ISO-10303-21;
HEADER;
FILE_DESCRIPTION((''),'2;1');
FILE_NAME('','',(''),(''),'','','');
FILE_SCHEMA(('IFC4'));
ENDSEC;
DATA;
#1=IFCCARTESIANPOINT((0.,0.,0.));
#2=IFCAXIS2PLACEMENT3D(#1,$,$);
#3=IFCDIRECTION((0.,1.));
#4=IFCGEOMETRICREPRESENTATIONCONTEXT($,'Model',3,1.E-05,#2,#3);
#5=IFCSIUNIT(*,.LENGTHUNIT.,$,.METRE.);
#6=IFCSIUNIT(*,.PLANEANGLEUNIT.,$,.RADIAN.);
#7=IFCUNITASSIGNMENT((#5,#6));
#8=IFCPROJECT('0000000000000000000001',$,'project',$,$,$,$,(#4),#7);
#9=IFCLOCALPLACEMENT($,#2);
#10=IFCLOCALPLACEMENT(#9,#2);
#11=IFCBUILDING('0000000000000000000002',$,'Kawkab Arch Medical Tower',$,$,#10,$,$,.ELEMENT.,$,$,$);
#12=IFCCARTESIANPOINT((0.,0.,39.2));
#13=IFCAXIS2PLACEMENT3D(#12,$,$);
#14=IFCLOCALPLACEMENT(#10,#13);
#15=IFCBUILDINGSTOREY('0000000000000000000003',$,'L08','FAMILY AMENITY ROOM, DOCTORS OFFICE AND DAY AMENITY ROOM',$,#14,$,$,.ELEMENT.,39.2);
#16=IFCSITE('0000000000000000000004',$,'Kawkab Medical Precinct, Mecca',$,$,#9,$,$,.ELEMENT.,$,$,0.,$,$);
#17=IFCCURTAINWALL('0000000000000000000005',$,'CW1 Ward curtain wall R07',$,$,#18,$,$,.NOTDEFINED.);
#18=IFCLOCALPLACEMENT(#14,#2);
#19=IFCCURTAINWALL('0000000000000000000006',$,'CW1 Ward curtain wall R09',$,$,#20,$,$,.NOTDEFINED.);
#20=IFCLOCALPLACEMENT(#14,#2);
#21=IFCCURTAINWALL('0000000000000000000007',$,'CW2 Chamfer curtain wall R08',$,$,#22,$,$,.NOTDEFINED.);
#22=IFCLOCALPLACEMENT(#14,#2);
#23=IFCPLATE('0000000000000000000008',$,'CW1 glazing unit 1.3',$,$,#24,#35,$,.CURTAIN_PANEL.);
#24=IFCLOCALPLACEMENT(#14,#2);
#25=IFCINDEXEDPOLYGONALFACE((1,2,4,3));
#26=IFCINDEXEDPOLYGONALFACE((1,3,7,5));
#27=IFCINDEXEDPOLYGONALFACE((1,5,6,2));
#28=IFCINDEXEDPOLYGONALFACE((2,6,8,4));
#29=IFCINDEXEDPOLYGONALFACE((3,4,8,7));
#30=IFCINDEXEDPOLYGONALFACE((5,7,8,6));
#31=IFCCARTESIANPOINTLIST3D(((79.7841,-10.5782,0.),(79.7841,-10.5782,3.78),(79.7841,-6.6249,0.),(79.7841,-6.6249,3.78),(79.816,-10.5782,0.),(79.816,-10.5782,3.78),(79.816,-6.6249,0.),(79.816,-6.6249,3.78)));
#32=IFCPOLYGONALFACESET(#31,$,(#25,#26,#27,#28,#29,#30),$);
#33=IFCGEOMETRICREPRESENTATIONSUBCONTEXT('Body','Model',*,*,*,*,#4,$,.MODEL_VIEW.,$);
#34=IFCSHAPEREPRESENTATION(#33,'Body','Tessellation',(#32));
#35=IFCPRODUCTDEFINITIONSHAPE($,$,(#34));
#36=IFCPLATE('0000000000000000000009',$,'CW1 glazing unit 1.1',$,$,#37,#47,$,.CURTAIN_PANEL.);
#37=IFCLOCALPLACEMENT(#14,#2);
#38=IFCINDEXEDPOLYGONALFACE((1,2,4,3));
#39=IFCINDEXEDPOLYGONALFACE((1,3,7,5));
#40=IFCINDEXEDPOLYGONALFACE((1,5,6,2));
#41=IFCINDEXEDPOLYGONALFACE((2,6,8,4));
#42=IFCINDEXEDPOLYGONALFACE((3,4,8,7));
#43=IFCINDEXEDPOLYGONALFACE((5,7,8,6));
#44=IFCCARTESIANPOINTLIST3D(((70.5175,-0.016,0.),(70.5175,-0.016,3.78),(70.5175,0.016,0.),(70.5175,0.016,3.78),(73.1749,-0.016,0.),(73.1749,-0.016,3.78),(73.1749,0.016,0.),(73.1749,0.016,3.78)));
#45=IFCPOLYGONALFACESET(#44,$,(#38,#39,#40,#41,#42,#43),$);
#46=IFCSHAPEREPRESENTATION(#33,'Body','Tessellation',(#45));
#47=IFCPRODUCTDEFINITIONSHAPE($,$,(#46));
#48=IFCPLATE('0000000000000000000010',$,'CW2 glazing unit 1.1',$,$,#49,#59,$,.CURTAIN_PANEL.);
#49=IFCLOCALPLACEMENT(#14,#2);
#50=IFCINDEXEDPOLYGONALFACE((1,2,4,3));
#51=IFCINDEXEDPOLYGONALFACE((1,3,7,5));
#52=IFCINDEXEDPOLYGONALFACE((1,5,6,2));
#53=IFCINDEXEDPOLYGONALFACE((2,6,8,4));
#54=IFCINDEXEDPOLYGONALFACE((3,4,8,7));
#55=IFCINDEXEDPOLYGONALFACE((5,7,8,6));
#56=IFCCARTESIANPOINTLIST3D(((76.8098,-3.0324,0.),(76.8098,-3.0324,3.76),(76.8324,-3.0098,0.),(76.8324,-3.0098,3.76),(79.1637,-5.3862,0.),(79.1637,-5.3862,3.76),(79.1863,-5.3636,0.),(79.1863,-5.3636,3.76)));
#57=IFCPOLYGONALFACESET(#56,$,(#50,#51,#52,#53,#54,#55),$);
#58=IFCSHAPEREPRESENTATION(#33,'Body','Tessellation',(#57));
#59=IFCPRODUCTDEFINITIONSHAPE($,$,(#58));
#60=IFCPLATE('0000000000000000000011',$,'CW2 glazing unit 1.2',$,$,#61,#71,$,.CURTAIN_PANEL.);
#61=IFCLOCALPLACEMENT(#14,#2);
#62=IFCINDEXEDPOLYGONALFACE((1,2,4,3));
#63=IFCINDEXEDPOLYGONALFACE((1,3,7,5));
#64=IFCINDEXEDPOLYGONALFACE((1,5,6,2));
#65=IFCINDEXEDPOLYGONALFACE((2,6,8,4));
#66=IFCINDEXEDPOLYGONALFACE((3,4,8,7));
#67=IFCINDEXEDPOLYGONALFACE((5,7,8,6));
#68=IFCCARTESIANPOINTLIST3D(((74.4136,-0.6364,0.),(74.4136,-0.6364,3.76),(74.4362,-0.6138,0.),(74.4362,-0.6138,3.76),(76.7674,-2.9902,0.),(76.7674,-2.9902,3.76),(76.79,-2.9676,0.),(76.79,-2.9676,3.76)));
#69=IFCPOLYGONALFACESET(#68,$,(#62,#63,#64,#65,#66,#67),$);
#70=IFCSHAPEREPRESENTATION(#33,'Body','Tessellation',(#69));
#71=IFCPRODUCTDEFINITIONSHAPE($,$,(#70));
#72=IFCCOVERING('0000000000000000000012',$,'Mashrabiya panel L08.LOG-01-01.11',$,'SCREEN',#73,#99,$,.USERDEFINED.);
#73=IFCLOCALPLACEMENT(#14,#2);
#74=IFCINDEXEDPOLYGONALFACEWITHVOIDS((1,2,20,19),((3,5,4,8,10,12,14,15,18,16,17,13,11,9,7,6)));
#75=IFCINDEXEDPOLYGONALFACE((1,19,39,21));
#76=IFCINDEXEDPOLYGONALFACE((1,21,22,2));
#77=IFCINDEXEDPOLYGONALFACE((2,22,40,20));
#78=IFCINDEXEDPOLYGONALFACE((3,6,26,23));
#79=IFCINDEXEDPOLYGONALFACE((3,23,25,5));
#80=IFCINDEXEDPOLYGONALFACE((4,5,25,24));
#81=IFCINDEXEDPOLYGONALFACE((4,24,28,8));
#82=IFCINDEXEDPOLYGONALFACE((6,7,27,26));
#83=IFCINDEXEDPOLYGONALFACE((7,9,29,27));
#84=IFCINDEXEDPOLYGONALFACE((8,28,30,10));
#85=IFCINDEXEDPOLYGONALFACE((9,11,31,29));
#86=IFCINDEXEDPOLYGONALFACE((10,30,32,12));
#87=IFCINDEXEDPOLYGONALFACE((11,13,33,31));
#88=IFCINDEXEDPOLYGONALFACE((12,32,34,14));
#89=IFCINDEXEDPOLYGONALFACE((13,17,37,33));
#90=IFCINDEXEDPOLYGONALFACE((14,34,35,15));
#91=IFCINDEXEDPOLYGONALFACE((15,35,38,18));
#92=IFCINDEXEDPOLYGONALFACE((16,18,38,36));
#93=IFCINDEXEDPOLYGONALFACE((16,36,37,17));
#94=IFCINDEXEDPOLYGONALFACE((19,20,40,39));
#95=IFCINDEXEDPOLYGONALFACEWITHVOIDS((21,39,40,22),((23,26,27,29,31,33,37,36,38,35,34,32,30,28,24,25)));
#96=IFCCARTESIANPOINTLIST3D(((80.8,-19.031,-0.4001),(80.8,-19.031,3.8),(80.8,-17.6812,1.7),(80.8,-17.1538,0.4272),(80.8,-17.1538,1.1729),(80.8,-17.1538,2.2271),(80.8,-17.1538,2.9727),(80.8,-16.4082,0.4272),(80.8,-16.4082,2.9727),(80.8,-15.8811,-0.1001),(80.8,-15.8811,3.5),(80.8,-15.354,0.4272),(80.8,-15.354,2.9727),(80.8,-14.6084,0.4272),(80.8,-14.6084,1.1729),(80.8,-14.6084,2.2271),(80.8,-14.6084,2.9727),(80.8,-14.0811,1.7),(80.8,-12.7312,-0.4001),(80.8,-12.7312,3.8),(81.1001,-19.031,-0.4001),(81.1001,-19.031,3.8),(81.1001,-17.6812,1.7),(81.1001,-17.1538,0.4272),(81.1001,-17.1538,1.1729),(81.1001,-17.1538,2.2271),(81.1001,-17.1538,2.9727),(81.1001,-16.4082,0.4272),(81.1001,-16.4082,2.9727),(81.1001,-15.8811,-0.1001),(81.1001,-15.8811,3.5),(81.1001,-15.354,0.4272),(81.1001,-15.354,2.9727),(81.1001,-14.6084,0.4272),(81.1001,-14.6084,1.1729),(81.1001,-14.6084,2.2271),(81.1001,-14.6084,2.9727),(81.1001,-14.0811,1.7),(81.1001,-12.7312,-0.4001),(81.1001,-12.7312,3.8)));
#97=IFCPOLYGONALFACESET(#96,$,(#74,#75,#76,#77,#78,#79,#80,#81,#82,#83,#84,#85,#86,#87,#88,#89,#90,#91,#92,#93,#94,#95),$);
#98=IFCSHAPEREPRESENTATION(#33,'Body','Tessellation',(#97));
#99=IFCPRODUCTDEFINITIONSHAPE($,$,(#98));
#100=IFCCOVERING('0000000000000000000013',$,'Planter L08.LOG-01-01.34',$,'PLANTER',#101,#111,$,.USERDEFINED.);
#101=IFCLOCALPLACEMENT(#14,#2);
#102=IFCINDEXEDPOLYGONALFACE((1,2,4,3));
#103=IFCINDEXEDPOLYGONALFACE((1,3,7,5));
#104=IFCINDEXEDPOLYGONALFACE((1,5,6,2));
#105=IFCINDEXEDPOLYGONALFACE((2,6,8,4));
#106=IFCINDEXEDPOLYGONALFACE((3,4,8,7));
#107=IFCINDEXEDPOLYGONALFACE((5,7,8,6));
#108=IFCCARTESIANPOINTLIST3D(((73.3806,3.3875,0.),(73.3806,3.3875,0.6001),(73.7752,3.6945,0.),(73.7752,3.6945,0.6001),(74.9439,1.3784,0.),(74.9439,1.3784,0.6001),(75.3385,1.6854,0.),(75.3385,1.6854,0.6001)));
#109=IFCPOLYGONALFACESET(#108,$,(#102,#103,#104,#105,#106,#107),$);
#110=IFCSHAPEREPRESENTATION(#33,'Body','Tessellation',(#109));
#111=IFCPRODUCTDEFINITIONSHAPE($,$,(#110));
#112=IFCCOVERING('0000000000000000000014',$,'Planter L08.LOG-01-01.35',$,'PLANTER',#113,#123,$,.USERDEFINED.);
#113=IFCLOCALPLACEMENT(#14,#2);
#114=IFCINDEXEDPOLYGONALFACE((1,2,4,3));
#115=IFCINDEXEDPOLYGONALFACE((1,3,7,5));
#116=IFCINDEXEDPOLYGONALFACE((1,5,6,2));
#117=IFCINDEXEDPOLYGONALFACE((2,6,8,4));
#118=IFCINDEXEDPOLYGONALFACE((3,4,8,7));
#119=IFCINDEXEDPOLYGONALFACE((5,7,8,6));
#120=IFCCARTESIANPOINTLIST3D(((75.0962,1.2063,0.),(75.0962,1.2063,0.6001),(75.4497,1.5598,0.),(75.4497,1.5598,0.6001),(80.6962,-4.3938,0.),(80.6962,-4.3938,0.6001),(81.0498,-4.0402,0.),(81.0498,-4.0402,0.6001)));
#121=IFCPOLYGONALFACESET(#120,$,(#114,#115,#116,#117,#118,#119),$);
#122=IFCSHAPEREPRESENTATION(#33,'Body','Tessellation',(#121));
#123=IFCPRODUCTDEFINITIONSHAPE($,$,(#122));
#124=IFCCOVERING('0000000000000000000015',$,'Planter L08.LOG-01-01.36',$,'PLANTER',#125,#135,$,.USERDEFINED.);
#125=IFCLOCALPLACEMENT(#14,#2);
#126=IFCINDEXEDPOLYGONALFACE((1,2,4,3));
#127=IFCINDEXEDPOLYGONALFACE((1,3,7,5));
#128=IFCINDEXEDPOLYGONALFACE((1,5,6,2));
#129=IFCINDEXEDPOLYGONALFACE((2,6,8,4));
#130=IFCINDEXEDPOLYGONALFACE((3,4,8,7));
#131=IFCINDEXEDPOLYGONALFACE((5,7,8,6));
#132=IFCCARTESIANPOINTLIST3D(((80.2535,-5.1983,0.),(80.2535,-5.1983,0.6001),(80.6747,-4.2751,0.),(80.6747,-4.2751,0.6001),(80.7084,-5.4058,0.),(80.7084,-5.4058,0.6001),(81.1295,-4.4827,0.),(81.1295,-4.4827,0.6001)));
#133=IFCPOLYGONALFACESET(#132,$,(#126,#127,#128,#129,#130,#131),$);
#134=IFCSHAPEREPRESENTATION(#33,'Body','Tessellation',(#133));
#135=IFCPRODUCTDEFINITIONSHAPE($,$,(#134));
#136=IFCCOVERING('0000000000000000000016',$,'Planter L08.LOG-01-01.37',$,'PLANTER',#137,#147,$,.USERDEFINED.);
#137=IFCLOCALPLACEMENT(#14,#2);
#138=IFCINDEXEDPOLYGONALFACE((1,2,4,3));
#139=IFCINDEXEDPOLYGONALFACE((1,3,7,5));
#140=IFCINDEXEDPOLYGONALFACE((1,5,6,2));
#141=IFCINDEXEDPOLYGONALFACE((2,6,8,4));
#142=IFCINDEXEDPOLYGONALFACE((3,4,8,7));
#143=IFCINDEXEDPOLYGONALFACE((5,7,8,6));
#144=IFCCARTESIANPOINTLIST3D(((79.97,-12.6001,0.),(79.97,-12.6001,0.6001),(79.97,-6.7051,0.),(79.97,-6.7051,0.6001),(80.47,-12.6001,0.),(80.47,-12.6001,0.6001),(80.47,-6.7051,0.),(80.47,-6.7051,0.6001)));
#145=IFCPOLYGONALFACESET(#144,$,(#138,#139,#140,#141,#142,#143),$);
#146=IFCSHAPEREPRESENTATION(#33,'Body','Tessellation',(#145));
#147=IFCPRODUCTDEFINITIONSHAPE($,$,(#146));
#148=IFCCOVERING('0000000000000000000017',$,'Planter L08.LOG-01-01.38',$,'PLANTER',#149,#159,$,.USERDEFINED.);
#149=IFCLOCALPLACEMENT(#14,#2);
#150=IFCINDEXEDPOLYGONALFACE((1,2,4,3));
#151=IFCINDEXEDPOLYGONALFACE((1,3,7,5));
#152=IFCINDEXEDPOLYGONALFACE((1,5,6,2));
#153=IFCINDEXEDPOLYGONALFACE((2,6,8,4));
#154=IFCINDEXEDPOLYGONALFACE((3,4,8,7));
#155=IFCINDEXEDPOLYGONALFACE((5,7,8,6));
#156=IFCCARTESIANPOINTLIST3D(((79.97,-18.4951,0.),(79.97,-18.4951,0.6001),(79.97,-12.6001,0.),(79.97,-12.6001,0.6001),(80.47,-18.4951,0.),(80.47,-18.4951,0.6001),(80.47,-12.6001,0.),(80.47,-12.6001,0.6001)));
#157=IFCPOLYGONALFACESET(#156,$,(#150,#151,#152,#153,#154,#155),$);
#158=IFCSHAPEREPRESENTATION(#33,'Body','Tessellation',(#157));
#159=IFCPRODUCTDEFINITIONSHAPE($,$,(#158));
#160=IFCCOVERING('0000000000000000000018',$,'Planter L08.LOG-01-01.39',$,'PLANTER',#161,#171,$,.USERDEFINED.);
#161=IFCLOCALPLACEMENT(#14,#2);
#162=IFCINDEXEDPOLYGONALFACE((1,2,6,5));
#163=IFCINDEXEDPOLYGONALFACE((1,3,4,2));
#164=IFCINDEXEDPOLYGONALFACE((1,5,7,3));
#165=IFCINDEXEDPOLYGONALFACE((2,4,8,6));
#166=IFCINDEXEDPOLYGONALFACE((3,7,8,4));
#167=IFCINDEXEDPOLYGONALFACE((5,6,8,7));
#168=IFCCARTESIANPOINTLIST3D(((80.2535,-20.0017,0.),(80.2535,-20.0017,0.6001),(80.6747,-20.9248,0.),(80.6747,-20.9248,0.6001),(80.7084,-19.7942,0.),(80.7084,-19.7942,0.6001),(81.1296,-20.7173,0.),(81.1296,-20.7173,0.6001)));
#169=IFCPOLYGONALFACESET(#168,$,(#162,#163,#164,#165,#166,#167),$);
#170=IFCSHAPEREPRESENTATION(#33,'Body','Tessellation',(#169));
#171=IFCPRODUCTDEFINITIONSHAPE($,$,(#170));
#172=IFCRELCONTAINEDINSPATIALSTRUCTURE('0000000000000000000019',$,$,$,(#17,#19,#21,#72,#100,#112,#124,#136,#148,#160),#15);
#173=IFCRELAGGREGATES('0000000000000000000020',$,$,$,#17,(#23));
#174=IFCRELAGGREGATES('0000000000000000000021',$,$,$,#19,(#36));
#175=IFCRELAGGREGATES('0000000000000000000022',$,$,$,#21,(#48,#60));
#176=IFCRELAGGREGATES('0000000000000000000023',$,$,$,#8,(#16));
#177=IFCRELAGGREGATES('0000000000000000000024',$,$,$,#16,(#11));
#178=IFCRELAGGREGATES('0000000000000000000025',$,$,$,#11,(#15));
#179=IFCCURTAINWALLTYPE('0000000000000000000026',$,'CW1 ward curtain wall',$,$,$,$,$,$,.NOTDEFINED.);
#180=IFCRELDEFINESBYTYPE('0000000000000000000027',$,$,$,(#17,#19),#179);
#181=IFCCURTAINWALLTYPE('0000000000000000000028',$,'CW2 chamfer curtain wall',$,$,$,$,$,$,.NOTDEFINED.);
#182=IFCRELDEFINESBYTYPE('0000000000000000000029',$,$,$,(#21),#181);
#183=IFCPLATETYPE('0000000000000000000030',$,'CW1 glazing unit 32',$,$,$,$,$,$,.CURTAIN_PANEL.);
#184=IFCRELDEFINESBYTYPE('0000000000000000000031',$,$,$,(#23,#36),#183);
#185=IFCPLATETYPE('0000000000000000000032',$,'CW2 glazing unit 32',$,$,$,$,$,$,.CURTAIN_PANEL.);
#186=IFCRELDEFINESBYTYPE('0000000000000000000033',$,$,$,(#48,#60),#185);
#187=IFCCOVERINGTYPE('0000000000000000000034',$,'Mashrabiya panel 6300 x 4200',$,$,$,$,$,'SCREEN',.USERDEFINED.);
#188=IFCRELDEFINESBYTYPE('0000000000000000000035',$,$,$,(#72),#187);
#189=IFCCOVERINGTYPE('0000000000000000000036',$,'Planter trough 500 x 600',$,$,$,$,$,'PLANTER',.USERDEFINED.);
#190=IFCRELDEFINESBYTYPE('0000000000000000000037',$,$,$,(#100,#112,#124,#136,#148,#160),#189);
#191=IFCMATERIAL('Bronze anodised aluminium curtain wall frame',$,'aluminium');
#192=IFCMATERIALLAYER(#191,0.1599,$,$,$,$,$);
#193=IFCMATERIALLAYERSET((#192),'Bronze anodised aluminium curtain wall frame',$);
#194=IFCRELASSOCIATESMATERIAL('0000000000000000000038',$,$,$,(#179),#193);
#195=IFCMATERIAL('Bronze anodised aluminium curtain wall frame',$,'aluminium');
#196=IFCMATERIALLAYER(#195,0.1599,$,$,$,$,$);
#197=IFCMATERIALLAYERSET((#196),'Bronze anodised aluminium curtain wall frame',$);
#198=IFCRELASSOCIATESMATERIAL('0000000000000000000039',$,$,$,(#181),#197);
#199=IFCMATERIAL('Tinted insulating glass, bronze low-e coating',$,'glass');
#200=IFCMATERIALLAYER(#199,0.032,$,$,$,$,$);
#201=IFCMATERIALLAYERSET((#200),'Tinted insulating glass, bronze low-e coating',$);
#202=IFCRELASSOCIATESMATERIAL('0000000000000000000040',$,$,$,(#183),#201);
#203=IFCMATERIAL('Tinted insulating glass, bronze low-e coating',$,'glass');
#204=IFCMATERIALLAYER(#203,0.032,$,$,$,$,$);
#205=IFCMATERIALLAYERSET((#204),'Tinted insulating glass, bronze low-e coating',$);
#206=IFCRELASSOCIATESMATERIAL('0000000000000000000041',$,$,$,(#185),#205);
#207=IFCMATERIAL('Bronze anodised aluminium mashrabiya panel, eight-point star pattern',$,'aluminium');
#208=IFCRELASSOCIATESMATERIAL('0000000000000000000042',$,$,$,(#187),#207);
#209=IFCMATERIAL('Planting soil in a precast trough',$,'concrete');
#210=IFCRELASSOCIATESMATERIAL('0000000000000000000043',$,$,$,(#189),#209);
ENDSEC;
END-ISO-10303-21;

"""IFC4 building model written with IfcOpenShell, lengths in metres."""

from ifc_helpers import new_model, si_unit, direction, frame, origin, origin_2d, place, context, subcontext, project, spatial, polyline, rectangle, outline, extrude, material, layer, layer_set, material_profile, profile_set, type_object, element, aggregate, save


model = new_model("IFC4")

# Units and contexts
model_context = context("Model", 3, precision=1e-05, world=origin(), true_north=direction((0.0, 1.0)))
body_context = subcontext(model_context, "Body", "Model", "MODEL_VIEW")
ifc_project = project(units=[si_unit("LENGTHUNIT", "METRE"), si_unit("PLANEANGLEUNIT", "RADIAN")], contexts=[model_context])

# Site, building, storey
site_placement = place(None, origin())
site = spatial("IfcSite", under=ifc_project, at=site_placement, Name="Kawkab Medical Precinct, Mecca", CompositionType="ELEMENT", RefElevation=0.0)
building_placement = place(site_placement, origin())
building = spatial("IfcBuilding", under=site, at=building_placement, Name="Kawkab Arch Medical Tower", CompositionType="ELEMENT")
storey_placement = place(building_placement, frame((0.0, 0.0, 39.2)))
storey = spatial("IfcBuildingStorey", under=building, at=storey_placement, Name="L08", Description="FAMILY AMENITY ROOM, DOCTORS OFFICE AND DAY AMENITY ROOM", CompositionType="ELEMENT", Elevation=39.2)

# Curtain wall
ifc_material_1 = material(Name="Bronze anodised aluminium curtain wall frame", Category="aluminium")
ifc_layer_1 = layer(ifc_material_1, 0.1599)
ifc_layer_set_1 = layer_set([ifc_layer_1], Name="Bronze anodised aluminium curtain wall frame")
curtain_wall_type_1 = type_object("IfcCurtainWallType", Name="CW1 ward curtain wall", PredefinedType="NOTDEFINED", material=ifc_layer_set_1)
placement = place(storey_placement, origin())
curtain_wall_1 = element("IfcCurtainWall", 1, at=placement, inside=storey, type_object=curtain_wall_type_1, Name="CW1 Ward curtain wall R07", PredefinedType="NOTDEFINED")

# Curtain wall
curtain_wall_2 = element("IfcCurtainWall", 2, at=placement, inside=storey, type_object=curtain_wall_type_1, Name="CW1 Ward curtain wall R09", PredefinedType="NOTDEFINED")

# Curtain wall
ifc_material_2 = material(Name="Bronze anodised aluminium curtain wall frame", Category="aluminium")
ifc_layer_2 = layer(ifc_material_2, 0.1599)
ifc_layer_set_2 = layer_set([ifc_layer_2], Name="Bronze anodised aluminium curtain wall frame")
curtain_wall_type_2 = type_object("IfcCurtainWallType", Name="CW2 chamfer curtain wall", PredefinedType="NOTDEFINED", material=ifc_layer_set_2)
curtain_wall_3 = element("IfcCurtainWall", 3, at=placement, inside=storey, type_object=curtain_wall_type_2, Name="CW2 Chamfer curtain wall R08", PredefinedType="NOTDEFINED")

# Plates
ifc_material_3 = material(Name="Tinted insulating glass, bronze low-e coating", Category="glass")
ifc_layer_3 = layer(ifc_material_3, 0.032)
ifc_layer_set_3 = layer_set([ifc_layer_3], Name="Tinted insulating glass, bronze low-e coating")
plate_type_1 = type_object("IfcPlateType", Name="CW1 glazing unit 32", PredefinedType="CURTAIN_PANEL", material=ifc_layer_set_3)
plate_1_placement = place(storey_placement, frame((79.8, -8.6016, 0.0), z_axis=(0.0, 0.0, 1.0), x_axis=(0.0, 1.0, 0.0)))
plate_1 = element("IfcPlate", 4, at=plate_1_placement, type_object=plate_type_1, Name="CW1 glazing unit 1.3", PredefinedType="CURTAIN_PANEL", context=body_context, shape_type="SweptSolid", body=[
    extrude(rectangle(XDim=3.9534, YDim=0.032, at=origin_2d()), origin(), (0.0, 0.0, 1.0), 3.78),
])
aggregate(curtain_wall_1, [plate_1])
plate_2_placement = place(storey_placement, frame((71.8462, 0.0, 0.0), z_axis=(0.0, 0.0, 1.0), x_axis=(-1.0, 0.0, 0.0)))
plate_2 = element("IfcPlate", 5, at=plate_2_placement, type_object=plate_type_1, Name="CW1 glazing unit 1.1", PredefinedType="CURTAIN_PANEL", context=body_context, shape_type="SweptSolid", body=[
    extrude(rectangle(XDim=2.6575, YDim=0.032, at=origin_2d()), origin(), (0.0, 0.0, 1.0), 3.78),
])
aggregate(curtain_wall_2, [plate_2])
ifc_material_4 = material(Name="Tinted insulating glass, bronze low-e coating", Category="glass")
ifc_layer_4 = layer(ifc_material_4, 0.032)
ifc_layer_set_4 = layer_set([ifc_layer_4], Name="Tinted insulating glass, bronze low-e coating")
plate_type_2 = type_object("IfcPlateType", Name="CW2 glazing unit 32", PredefinedType="CURTAIN_PANEL", material=ifc_layer_set_4)
plate_3_placement = place(storey_placement, frame((77.998, -4.198, 0.0), z_axis=(0.0, 0.0, 1.0), x_axis=(-0.707107, 0.707107, 0.0)))
plate_3 = element("IfcPlate", 6, at=plate_3_placement, type_object=plate_type_2, Name="CW2 glazing unit 1.1", PredefinedType="CURTAIN_PANEL", context=body_context, shape_type="SweptSolid", body=[
    extrude(rectangle(XDim=3.3289, YDim=0.032, at=origin_2d()), origin(), (0.0, 0.0, 1.0), 3.76),
])
plate_4_placement = place(storey_placement, frame((75.6018, -1.802, 0.0), z_axis=(0.0, 0.0, 1.0), x_axis=(-0.707107, 0.707107, 0.0)))
plate_4 = element("IfcPlate", 7, at=plate_4_placement, type_object=plate_type_2, Name="CW2 glazing unit 1.2", PredefinedType="CURTAIN_PANEL", context=body_context, shape_type="SweptSolid", body=[
    extrude(rectangle(XDim=3.3289, YDim=0.032, at=origin_2d()), origin(), (0.0, 0.0, 1.0), 3.76),
])
aggregate(curtain_wall_3, [plate_3, plate_4])

# Coverings
ifc_material_5 = material(Name="Bronze anodised aluminium mashrabiya panel, eight-point star pattern", Category="aluminium")
ifc_material_profile_1 = material_profile(ifc_material_5, outline(polyline([(-3.1499, -2.1001), (3.1499, -2.1001), (3.1499, 2.1001), (-3.1499, 2.1001), (-3.1499, -2.1001)]), holes=[polyline([(1.8, 0.0), (1.2727, 0.5271), (1.2727, 1.2727), (0.5271, 1.2727), (0.0, 1.8), (-0.5271, 1.2727), (-1.2727, 1.2727), (-1.2727, 0.5271), (-1.8, 0.0), (-1.2727, -0.5271), (-1.2727, -1.2727), (-0.5271, -1.2727), (0.0, -1.8), (0.5271, -1.2727), (1.2727, -1.2727), (1.2727, -0.5271), (1.8, 0.0)])]), Name="Mashrabiya panel 6300x4200")
ifc_profile_set_1 = profile_set([ifc_material_profile_1], Name="Bronze anodised aluminium mashrabiya panel, eight-point star pattern")
covering_type_1 = type_object("IfcCoveringType", Name="Mashrabiya panel 6300 x 4200", ElementType="SCREEN", PredefinedType="USERDEFINED", material=ifc_profile_set_1)
covering_1_placement = place(storey_placement, frame((80.8, -15.8811, 1.7), z_axis=(1.0, 0.0, 0.0), x_axis=(0.0, 1.0, 0.0)))
element("IfcCovering", 8, at=covering_1_placement, inside=storey, type_object=covering_type_1, Name="Mashrabiya panel L08.LOG-01-01.11", ObjectType="SCREEN", PredefinedType="USERDEFINED", context=body_context, shape_type="SweptSolid", body=[
    extrude(outline(polyline([(-3.1499, -2.1001), (3.1499, -2.1001), (3.1499, 2.1001), (-3.1499, 2.1001), (-3.1499, -2.1001)]), holes=[polyline([(1.8, 0.0), (1.2727, 0.5271), (1.2727, 1.2727), (0.5271, 1.2727), (0.0, 1.8), (-0.5271, 1.2727), (-1.2727, 1.2727), (-1.2727, 0.5271), (-1.8, 0.0), (-1.2727, -0.5271), (-1.2727, -1.2727), (-0.5271, -1.2727), (0.0, -1.8), (0.5271, -1.2727), (1.2727, -1.2727), (1.2727, -0.5271), (1.8, 0.0)])]), origin(), (0.0, 0.0, 1.0), 0.3),
])
ifc_material_6 = material(Name="Planting soil in a precast trough", Category="concrete")
ifc_material_profile_2 = material_profile(ifc_material_6, rectangle(XDim=0.5, YDim=0.6001, at=origin_2d()), Name="Trough 500x600")
ifc_profile_set_2 = profile_set([ifc_material_profile_2], Name="Planting soil in a precast trough")
covering_type_2 = type_object("IfcCoveringType", Name="Planter trough 500 x 600", ElementType="PLANTER", PredefinedType="USERDEFINED", material=ifc_profile_set_2)
covering_2_placement = place(storey_placement, frame((73.5779, 3.541, 0.3), z_axis=(0.6141, -0.789228, 0.0), x_axis=(0.789228, 0.6141, 0.0)))
element("IfcCovering", 9, at=covering_2_placement, inside=storey, type_object=covering_type_2, Name="Planter L08.LOG-01-01.34", ObjectType="PLANTER", PredefinedType="USERDEFINED", context=body_context, shape_type="SweptSolid", body=[
    extrude(rectangle(XDim=0.5, YDim=0.6001, at=origin_2d()), origin(), (0.0, 0.0, 1.0), 2.5457),
])
covering_3_placement = place(storey_placement, frame((75.2729, 1.3831, 0.3), z_axis=(0.707107, -0.707107, 0.0), x_axis=(0.707107, 0.707107, 0.0)))
element("IfcCovering", 10, at=covering_3_placement, inside=storey, type_object=covering_type_2, Name="Planter L08.LOG-01-01.35", ObjectType="PLANTER", PredefinedType="USERDEFINED", context=body_context, shape_type="SweptSolid", body=[
    extrude(rectangle(XDim=0.5, YDim=0.6001, at=origin_2d()), origin(), (0.0, 0.0, 1.0), 7.9197),
])
covering_4_placement = place(storey_placement, frame((80.9021, -4.3789, 0.3), z_axis=(-0.415072, -0.909789, 0.0), x_axis=(0.909789, -0.415072, 0.0)))
element("IfcCovering", 11, at=covering_4_placement, inside=storey, type_object=covering_type_2, Name="Planter L08.LOG-01-01.36", ObjectType="PLANTER", PredefinedType="USERDEFINED", context=body_context, shape_type="SweptSolid", body=[
    extrude(rectangle(XDim=0.5, YDim=0.6001, at=origin_2d()), origin(), (0.0, 0.0, 1.0), 1.0146),
])
for number, where, z_axis, x_axis, name in (
    (12, (80.22, -6.7051, 0.3), (0.0, -1.0, 0.0), (1.0, 0.0, 0.0), "Planter L08.LOG-01-01.37"),
    (13, (80.22, -12.6001, 0.3), (0.0, -1.0, 0.0), (1.0, 0.0, 0.0), "Planter L08.LOG-01-01.38"),
):
    element("IfcCovering", number, at=place(storey_placement, frame(where, z_axis=z_axis, x_axis=x_axis)), inside=storey, type_object=covering_type_2, Name=name, ObjectType="PLANTER", PredefinedType="USERDEFINED", context=body_context, shape_type="SweptSolid", body=[
        extrude(rectangle(XDim=0.5, YDim=0.6001, at=origin_2d()), origin(), (0.0, 0.0, 1.0), 5.895),
    ])
covering_5_placement = place(storey_placement, frame((80.481, -19.8979, 0.3), z_axis=(0.415072, -0.909789, 0.0), x_axis=(0.909789, 0.415072, 0.0)))
element("IfcCovering", 14, at=covering_5_placement, inside=storey, type_object=covering_type_2, Name="Planter L08.LOG-01-01.39", ObjectType="PLANTER", PredefinedType="USERDEFINED", context=body_context, shape_type="SweptSolid", body=[
    extrude(rectangle(XDim=0.5, YDim=0.6001, at=origin_2d()), origin(), (0.0, 0.0, 1.0), 1.0146),
])

save(model, "model.ifc")
